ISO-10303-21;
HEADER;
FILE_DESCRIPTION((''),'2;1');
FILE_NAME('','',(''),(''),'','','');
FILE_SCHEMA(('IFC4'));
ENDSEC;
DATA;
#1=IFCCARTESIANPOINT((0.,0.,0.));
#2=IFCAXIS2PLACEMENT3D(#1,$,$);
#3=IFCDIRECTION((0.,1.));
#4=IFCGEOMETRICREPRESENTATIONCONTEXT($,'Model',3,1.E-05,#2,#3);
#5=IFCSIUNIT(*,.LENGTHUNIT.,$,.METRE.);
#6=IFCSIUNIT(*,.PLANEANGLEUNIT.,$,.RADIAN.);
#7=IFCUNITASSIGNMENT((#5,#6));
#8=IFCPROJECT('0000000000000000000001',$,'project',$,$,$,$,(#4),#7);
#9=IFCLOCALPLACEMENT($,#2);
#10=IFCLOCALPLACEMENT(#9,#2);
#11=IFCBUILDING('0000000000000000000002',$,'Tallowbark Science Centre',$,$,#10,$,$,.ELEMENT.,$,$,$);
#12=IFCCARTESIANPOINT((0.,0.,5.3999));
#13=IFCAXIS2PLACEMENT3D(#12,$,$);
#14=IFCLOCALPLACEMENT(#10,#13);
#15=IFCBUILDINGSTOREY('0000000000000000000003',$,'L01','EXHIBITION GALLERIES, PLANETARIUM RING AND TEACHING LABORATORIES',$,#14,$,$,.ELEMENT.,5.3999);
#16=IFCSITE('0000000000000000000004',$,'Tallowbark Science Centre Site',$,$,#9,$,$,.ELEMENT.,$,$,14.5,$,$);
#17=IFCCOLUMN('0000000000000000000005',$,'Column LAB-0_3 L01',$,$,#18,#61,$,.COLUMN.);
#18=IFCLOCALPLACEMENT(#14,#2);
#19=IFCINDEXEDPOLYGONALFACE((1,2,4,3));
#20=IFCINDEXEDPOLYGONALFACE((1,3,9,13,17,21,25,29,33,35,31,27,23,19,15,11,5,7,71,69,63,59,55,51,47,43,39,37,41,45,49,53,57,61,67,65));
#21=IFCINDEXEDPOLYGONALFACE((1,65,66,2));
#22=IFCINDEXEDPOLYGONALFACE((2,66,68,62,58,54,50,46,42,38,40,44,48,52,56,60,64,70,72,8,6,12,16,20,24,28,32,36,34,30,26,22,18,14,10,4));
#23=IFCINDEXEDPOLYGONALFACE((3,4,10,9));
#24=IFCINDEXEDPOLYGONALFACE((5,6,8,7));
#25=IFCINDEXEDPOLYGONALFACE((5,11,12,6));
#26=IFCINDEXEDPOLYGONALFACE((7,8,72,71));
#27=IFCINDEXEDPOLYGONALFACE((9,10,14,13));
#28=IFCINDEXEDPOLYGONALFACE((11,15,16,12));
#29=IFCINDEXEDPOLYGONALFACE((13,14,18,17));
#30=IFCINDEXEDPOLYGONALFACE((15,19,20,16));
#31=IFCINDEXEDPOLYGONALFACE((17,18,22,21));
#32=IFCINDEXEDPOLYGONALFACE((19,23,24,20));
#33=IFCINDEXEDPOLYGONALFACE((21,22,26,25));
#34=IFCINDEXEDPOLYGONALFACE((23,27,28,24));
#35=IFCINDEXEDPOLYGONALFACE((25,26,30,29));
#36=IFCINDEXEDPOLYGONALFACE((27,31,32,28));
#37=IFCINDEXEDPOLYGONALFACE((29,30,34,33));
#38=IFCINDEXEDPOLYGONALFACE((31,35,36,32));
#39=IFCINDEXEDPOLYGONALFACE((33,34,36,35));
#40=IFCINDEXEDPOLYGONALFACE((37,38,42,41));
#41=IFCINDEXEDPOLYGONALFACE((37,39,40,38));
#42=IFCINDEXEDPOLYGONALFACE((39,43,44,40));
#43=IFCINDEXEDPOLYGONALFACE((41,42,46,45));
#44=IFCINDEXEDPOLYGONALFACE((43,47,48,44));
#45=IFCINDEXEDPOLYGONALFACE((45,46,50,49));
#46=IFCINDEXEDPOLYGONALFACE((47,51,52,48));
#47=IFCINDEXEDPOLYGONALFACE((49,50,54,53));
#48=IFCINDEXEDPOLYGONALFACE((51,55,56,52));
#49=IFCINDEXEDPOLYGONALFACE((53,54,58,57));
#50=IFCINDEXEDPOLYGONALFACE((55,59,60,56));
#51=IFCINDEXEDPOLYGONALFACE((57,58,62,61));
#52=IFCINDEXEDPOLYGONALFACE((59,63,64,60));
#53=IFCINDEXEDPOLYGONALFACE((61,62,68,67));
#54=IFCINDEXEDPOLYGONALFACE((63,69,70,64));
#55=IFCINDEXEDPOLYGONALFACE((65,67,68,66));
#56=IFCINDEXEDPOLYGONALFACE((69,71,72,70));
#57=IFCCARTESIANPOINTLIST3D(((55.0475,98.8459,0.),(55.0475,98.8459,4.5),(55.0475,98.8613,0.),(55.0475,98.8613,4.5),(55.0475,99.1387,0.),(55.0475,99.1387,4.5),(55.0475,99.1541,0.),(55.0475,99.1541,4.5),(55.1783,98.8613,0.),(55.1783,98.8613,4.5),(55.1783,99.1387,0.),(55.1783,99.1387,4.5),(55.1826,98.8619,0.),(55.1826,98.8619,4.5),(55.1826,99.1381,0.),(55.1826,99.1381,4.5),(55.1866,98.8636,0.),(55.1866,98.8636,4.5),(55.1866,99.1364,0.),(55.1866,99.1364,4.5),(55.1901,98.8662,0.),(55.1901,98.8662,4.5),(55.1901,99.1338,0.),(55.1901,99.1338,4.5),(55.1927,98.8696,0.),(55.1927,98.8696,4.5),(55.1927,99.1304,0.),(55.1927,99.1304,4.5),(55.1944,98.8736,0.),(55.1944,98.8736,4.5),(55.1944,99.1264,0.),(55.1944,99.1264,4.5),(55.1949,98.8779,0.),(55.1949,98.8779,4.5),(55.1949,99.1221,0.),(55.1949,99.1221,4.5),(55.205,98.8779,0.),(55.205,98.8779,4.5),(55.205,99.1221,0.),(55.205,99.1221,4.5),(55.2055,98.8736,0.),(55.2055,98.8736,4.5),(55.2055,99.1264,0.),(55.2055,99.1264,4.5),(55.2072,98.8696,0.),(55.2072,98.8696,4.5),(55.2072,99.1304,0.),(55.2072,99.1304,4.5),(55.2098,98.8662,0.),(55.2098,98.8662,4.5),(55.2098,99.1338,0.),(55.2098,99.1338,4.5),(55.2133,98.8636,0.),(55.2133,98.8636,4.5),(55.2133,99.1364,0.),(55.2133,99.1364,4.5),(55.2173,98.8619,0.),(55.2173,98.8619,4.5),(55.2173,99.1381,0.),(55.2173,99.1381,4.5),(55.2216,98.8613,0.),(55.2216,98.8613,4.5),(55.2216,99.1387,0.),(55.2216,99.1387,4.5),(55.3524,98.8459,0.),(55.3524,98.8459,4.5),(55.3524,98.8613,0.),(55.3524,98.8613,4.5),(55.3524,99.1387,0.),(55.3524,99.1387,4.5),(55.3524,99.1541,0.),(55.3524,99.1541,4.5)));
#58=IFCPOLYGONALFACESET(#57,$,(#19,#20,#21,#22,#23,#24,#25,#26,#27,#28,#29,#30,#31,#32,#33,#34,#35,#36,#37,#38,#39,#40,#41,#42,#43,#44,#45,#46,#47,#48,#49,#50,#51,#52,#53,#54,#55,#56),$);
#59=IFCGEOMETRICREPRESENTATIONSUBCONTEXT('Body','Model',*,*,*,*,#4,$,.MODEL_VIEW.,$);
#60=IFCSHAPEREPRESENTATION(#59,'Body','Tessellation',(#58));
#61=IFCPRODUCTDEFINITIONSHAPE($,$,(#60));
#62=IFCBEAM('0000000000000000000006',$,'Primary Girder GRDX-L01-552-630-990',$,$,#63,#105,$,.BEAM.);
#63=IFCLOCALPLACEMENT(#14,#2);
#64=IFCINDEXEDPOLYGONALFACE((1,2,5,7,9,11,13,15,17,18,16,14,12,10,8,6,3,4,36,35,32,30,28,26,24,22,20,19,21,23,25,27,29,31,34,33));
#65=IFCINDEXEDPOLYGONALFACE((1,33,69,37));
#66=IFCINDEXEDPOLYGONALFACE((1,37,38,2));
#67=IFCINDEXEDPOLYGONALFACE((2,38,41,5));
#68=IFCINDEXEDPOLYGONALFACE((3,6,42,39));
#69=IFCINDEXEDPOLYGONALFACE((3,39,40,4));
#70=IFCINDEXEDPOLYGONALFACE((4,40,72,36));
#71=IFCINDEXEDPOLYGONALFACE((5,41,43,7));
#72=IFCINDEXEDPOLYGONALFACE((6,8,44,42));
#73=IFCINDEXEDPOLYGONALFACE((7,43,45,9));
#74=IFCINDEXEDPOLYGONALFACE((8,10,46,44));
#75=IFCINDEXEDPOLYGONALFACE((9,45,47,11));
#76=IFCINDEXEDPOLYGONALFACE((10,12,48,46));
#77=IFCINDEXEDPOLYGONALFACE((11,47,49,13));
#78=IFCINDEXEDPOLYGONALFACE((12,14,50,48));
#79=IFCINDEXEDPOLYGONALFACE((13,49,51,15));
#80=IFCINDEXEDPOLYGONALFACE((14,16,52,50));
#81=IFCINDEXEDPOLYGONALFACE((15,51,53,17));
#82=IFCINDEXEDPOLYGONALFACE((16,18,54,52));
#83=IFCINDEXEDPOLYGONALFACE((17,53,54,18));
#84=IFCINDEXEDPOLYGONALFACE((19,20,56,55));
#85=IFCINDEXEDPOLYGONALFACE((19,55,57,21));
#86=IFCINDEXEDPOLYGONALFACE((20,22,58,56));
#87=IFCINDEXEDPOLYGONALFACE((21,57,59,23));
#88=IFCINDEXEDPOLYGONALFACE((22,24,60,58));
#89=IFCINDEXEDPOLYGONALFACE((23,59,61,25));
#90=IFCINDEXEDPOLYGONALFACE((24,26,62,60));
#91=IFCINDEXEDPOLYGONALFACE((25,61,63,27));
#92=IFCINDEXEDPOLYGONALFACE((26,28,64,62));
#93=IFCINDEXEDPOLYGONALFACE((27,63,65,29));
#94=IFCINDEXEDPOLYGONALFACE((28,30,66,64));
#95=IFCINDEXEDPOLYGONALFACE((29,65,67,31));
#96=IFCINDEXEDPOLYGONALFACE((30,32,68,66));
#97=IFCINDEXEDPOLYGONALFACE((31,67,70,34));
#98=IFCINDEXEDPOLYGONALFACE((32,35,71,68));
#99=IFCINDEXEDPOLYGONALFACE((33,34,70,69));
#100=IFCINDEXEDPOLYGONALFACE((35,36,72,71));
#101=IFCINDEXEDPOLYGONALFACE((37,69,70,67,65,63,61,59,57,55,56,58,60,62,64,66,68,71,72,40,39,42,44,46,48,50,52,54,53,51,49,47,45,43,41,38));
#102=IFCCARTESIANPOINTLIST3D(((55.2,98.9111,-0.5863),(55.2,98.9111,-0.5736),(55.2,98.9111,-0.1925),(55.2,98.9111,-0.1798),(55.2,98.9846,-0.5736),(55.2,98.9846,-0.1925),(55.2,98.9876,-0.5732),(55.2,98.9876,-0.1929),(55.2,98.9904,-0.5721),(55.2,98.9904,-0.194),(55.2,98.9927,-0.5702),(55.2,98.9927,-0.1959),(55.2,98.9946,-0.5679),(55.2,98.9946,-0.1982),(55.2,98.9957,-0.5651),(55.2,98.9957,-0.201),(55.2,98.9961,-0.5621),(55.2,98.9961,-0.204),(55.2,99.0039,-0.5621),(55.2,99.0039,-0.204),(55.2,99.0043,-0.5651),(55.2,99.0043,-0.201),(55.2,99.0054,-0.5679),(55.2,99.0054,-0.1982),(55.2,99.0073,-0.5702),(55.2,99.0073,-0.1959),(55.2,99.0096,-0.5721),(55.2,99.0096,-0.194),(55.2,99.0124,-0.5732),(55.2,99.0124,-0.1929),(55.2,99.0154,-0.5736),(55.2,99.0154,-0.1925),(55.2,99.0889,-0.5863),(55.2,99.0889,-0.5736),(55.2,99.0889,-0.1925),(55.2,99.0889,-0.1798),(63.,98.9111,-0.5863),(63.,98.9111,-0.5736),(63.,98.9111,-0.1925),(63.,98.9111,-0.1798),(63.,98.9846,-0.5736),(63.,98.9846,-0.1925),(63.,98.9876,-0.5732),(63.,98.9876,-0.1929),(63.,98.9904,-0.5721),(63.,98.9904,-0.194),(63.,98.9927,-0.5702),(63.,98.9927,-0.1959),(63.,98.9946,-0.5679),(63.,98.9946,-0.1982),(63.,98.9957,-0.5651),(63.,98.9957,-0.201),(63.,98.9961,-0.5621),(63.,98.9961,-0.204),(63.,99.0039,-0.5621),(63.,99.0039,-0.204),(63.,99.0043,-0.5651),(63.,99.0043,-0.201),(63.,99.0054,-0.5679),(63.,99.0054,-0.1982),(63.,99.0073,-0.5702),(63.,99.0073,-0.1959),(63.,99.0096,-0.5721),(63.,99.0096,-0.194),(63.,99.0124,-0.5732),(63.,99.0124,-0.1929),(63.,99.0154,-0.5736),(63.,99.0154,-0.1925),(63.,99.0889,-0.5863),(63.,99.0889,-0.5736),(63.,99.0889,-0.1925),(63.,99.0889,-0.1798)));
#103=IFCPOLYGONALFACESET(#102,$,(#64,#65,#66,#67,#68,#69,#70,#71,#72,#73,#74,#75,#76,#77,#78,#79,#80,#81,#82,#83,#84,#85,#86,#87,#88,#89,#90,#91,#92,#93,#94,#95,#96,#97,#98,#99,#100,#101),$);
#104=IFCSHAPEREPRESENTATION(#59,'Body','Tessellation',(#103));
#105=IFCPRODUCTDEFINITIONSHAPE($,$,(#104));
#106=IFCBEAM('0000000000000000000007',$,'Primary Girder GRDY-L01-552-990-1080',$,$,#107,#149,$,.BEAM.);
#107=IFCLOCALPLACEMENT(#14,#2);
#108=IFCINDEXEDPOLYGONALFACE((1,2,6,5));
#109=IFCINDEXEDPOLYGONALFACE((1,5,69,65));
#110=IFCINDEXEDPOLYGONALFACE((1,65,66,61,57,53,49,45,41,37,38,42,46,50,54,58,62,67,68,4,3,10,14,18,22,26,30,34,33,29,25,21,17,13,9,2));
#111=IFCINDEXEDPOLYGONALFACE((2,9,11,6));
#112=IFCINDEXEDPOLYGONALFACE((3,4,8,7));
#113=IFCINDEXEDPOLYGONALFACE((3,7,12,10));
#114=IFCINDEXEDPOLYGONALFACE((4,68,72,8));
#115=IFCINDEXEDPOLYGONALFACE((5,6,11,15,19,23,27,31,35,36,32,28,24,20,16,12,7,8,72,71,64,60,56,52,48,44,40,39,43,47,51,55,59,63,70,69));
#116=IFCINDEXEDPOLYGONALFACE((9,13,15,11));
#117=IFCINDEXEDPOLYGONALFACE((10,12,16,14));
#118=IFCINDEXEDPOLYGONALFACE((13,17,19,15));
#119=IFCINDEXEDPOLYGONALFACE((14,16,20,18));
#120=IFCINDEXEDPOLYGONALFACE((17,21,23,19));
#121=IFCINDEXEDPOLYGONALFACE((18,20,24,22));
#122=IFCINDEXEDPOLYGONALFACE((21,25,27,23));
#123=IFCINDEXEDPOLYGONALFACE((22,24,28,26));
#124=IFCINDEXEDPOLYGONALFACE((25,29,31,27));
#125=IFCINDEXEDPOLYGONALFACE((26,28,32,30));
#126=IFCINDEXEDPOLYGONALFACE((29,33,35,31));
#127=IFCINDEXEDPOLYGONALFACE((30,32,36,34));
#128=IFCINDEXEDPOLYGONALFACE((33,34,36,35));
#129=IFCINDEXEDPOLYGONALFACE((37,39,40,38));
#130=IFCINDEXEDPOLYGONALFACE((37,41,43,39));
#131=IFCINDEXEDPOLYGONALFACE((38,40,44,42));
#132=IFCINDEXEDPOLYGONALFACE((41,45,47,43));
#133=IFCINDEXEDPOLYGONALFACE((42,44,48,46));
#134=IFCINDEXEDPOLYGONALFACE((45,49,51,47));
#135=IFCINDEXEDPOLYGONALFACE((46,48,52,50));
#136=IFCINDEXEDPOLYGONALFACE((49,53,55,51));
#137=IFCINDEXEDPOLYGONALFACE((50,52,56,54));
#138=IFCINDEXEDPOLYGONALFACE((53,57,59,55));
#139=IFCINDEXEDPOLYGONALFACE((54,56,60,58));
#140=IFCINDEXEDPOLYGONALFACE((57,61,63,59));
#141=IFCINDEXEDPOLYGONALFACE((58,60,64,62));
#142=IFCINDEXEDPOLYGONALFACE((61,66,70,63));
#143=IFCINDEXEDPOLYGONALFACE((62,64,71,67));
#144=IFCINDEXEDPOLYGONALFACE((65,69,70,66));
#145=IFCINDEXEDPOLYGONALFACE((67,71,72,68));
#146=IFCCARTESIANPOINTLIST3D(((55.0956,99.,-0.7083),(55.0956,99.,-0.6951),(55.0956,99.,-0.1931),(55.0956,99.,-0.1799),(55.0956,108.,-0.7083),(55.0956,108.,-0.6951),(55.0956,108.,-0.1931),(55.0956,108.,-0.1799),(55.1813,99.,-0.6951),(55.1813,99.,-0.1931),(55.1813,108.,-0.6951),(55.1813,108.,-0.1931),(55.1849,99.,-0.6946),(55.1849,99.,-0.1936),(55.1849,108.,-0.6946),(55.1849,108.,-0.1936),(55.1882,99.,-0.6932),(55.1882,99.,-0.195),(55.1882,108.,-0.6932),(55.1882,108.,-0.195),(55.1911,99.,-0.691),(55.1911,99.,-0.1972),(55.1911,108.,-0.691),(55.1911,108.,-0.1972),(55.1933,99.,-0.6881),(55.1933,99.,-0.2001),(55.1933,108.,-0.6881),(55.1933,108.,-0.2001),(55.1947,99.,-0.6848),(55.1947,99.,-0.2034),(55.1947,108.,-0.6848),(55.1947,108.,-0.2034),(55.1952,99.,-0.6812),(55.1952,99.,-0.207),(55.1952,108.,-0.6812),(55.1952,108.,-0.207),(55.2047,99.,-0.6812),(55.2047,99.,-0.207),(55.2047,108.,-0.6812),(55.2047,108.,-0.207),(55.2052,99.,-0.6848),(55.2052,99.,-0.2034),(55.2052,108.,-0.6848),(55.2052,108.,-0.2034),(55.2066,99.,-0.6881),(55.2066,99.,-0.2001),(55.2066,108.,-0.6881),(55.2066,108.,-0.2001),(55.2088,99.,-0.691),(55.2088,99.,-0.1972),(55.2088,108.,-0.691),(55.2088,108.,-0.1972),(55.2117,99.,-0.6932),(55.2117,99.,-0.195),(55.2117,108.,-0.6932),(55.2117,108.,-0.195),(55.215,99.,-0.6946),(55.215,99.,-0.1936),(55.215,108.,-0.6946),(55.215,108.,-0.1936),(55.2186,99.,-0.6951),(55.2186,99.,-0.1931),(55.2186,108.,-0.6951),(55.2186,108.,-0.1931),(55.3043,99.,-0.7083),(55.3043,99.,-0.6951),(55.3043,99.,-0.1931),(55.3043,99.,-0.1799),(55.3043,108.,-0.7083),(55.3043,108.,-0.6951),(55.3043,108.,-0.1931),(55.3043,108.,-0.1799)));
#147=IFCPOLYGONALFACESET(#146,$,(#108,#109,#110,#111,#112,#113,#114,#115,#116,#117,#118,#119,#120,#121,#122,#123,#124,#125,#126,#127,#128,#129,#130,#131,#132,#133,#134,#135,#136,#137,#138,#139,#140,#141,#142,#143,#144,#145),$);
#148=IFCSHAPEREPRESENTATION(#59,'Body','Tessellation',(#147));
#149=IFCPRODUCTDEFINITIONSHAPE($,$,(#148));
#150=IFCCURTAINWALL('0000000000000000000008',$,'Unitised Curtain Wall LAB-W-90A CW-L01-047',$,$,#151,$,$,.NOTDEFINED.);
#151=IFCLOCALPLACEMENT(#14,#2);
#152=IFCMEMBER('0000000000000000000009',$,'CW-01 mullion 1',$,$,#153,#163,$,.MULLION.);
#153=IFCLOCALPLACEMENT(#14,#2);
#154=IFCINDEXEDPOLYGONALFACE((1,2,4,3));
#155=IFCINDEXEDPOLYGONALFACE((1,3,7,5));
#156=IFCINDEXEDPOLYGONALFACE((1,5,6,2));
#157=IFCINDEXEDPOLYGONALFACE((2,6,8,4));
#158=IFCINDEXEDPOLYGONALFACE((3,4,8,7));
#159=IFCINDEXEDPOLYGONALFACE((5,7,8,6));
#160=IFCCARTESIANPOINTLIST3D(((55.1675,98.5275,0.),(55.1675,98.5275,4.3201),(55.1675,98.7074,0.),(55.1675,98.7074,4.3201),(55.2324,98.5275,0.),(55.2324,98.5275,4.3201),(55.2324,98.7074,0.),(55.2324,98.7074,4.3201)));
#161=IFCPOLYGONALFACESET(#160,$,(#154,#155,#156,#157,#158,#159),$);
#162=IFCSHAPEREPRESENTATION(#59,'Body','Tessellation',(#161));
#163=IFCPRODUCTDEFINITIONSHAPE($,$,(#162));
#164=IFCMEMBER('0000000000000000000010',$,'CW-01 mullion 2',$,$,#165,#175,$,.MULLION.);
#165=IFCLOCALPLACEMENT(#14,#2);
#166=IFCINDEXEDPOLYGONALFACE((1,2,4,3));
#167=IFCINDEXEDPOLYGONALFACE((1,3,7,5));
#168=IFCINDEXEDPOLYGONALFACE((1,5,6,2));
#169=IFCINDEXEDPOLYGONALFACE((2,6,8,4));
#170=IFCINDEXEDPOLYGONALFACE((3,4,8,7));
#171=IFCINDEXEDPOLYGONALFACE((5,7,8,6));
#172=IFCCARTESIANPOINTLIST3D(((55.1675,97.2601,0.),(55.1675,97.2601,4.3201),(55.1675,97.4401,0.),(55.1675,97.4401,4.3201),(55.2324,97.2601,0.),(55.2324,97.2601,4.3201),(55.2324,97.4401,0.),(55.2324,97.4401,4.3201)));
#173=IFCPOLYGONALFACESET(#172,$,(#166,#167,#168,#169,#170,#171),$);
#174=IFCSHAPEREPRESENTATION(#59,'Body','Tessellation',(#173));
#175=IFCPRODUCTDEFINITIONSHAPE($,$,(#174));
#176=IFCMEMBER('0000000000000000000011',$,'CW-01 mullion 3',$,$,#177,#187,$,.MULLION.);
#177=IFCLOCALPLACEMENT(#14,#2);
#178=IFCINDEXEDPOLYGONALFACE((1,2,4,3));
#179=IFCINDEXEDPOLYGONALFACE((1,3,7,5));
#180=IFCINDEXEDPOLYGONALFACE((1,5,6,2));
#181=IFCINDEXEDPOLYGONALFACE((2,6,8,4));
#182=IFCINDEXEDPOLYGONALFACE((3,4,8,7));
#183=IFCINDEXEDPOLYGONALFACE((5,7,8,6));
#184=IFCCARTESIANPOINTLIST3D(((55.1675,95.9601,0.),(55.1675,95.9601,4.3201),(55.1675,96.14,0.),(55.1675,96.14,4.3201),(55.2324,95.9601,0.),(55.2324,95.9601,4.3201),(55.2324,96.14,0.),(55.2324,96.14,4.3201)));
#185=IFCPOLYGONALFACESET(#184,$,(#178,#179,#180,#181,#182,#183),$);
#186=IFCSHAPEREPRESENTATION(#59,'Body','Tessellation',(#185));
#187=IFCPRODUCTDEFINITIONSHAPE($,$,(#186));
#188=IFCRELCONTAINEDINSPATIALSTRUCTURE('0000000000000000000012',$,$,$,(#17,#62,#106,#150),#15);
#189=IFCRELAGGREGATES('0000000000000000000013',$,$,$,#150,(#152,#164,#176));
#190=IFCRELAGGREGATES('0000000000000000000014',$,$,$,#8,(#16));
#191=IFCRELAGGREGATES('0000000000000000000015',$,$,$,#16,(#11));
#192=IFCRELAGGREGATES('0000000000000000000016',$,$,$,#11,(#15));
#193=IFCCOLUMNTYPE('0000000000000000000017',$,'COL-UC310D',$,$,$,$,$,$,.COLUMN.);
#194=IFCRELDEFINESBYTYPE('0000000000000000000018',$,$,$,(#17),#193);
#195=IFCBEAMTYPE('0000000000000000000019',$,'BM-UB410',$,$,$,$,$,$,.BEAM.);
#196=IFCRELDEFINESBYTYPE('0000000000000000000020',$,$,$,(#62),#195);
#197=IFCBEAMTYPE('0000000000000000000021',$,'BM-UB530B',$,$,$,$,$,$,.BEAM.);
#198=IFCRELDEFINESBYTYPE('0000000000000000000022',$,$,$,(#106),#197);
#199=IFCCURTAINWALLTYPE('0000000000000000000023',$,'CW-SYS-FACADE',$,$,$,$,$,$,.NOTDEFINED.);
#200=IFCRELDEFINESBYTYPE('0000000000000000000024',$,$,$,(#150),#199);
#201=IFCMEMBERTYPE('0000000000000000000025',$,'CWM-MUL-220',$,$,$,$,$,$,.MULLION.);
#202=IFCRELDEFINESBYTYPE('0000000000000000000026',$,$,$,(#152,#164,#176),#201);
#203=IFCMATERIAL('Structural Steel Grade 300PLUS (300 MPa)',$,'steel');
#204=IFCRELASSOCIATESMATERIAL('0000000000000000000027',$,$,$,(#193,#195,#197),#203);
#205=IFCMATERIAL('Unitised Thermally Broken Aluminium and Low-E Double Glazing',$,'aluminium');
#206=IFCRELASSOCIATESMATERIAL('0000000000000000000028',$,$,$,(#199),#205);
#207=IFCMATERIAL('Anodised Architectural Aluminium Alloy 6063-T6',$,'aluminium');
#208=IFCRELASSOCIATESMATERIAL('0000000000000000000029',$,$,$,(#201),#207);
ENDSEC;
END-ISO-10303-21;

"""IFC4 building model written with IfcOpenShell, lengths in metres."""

from ifc_helpers import new_model, si_unit, direction, frame, origin, origin_2d, place, context, subcontext, project, spatial, rectangle, i_section, extrude, material, material_profile, profile_set, type_object, element, aggregate, save


model = new_model("IFC4")

# Units and contexts
model_context = context("Model", 3, precision=1e-05, world=origin(), true_north=direction((0.0, 1.0)))
body_context = subcontext(model_context, "Body", "Model", "MODEL_VIEW")
ifc_project = project(units=[si_unit("LENGTHUNIT", "METRE"), si_unit("PLANEANGLEUNIT", "RADIAN")], contexts=[model_context])

# Site, building, storey
site_placement = place(None, origin())
site = spatial("IfcSite", under=ifc_project, at=site_placement, Name="Tallowbark Science Centre Site", CompositionType="ELEMENT", RefElevation=14.5)
building_placement = place(site_placement, origin())
building = spatial("IfcBuilding", under=site, at=building_placement, Name="Tallowbark Science Centre", CompositionType="ELEMENT")
storey_placement = place(building_placement, frame((0.0, 0.0, 5.3999)))
storey = spatial("IfcBuildingStorey", under=building, at=storey_placement, Name="L01", Description="EXHIBITION GALLERIES, PLANETARIUM RING AND TEACHING LABORATORIES", CompositionType="ELEMENT", Elevation=5.3999)

# Column
ifc_material_1 = material(Name="Structural Steel Grade 300PLUS (300 MPa)", Category="steel")
ifc_material_profile_1 = material_profile(ifc_material_1, i_section(OverallWidth=0.3049, OverallDepth=0.3081, WebThickness=0.01, FlangeThickness=0.0154, FilletRadius=0.0166, at=origin_2d()), Name="310UC96.8")
ifc_profile_set_1 = profile_set([ifc_material_profile_1], Name="Structural Steel Grade 300PLUS (300 MPa)")
column_type = type_object("IfcColumnType", Name="COL-UC310D", PredefinedType="COLUMN", material=ifc_profile_set_1)
column_placement = place(storey_placement, frame((55.2, 99.0, 0.0), z_axis=(0.0, 0.0, 1.0), x_axis=(1.0, 0.0, 0.0)))
element("IfcColumn", 1, at=column_placement, inside=storey, type_object=column_type, Name="Column LAB-0_3 L01", PredefinedType="COLUMN", context=body_context, shape_type="SweptSolid", body=[
    extrude(i_section(OverallWidth=0.3049, OverallDepth=0.3081, WebThickness=0.01, FlangeThickness=0.0154, FilletRadius=0.0166, at=origin_2d()), origin(), (0.0, 0.0, 1.0), 4.5),
])

# Beams
ifc_material_profile_2 = material_profile(ifc_material_1, i_section(OverallWidth=0.1777, OverallDepth=0.4065, WebThickness=0.0078, FlangeThickness=0.0127, FilletRadius=0.0115, at=origin_2d()), Name="410UB59.7")
ifc_profile_set_2 = profile_set([ifc_material_profile_2], Name="Structural Steel Grade 300PLUS (300 MPa)")
beam_type_1 = type_object("IfcBeamType", Name="BM-UB410", PredefinedType="BEAM", material=ifc_profile_set_2)
beam_1_placement = place(storey_placement, frame((55.2, 99.0, -0.3831), z_axis=(1.0, 0.0, 0.0), x_axis=(0.0, 1.0, 0.0)))
element("IfcBeam", 2, at=beam_1_placement, inside=storey, type_object=beam_type_1, Name="Primary Girder GRDX-L01-552-630-990", PredefinedType="BEAM", context=body_context, shape_type="SweptSolid", body=[
    extrude(i_section(OverallWidth=0.1777, OverallDepth=0.4065, WebThickness=0.0078, FlangeThickness=0.0127, FilletRadius=0.0115, at=origin_2d()), origin(), (0.0, 0.0, 1.0), 7.8),
])
ifc_material_profile_3 = material_profile(ifc_material_1, i_section(OverallWidth=0.2087, OverallDepth=0.5283, WebThickness=0.0095, FlangeThickness=0.0132, FilletRadius=0.0139, at=origin_2d()), Name="530UB82.0")
ifc_profile_set_3 = profile_set([ifc_material_profile_3], Name="Structural Steel Grade 300PLUS (300 MPa)")
beam_type_2 = type_object("IfcBeamType", Name="BM-UB530B", PredefinedType="BEAM", material=ifc_profile_set_3)
beam_2_placement = place(storey_placement, frame((55.2, 99.0, -0.4441), z_axis=(0.0, 1.0, 0.0), x_axis=(-1.0, 0.0, 0.0)))
element("IfcBeam", 3, at=beam_2_placement, inside=storey, type_object=beam_type_2, Name="Primary Girder GRDY-L01-552-990-1080", PredefinedType="BEAM", context=body_context, shape_type="SweptSolid", body=[
    extrude(i_section(OverallWidth=0.2087, OverallDepth=0.5283, WebThickness=0.0095, FlangeThickness=0.0132, FilletRadius=0.0139, at=origin_2d()), origin(), (0.0, 0.0, 1.0), 9.0),
])

# Curtain wall, members
ifc_material_2 = material(Name="Unitised Thermally Broken Aluminium and Low-E Double Glazing", Category="aluminium")
curtain_wall_type = type_object("IfcCurtainWallType", Name="CW-SYS-FACADE", PredefinedType="NOTDEFINED", material=ifc_material_2)
curtain_wall_1_placement = place(storey_placement, origin())
curtain_wall_1 = element("IfcCurtainWall", 4, at=curtain_wall_1_placement, inside=storey, type_object=curtain_wall_type, Name="Unitised Curtain Wall LAB-W-90A CW-L01-047", PredefinedType="NOTDEFINED")
ifc_material_3 = material(Name="Anodised Architectural Aluminium Alloy 6063-T6", Category="aluminium")
ifc_material_profile_4 = material_profile(ifc_material_3, rectangle(XDim=0.0649, YDim=0.1799, at=origin_2d()), Name="ALU65x180")
ifc_profile_set_4 = profile_set([ifc_material_profile_4], Name="Anodised Architectural Aluminium Alloy 6063-T6")
member_type_1 = type_object("IfcMemberType", Name="CWM-MUL-220", PredefinedType="MULLION", material=ifc_profile_set_4)
member_1_placement = place(storey_placement, frame((55.2, 98.6174, 0.0), z_axis=(0.0, 0.0, 1.0), x_axis=(1.0, 0.0, 0.0)))
member_1 = element("IfcMember", 5, at=member_1_placement, type_object=member_type_1, Name="CW-01 mullion 1", PredefinedType="MULLION", context=body_context, shape_type="SweptSolid", body=[
    extrude(rectangle(XDim=0.0649, YDim=0.1799, at=origin_2d()), origin(), (0.0, 0.0, 1.0), 4.3201),
])
member_2_placement = place(storey_placement, frame((55.2, 97.3501, 0.0), z_axis=(0.0, 0.0, 1.0), x_axis=(1.0, 0.0, 0.0)))
member_2 = element("IfcMember", 6, at=member_2_placement, type_object=member_type_1, Name="CW-01 mullion 2", PredefinedType="MULLION", context=body_context, shape_type="SweptSolid", body=[
    extrude(rectangle(XDim=0.0649, YDim=0.1799, at=origin_2d()), origin(), (0.0, 0.0, 1.0), 4.3201),
])
member_3_placement = place(storey_placement, frame((55.2, 96.05, 0.0), z_axis=(0.0, 0.0, 1.0), x_axis=(1.0, 0.0, 0.0)))
member_3 = element("IfcMember", 7, at=member_3_placement, type_object=member_type_1, Name="CW-01 mullion 3", PredefinedType="MULLION", context=body_context, shape_type="SweptSolid", body=[
    extrude(rectangle(XDim=0.0649, YDim=0.1799, at=origin_2d()), origin(), (0.0, 0.0, 1.0), 4.3201),
])

aggregate(curtain_wall_1, [member_1, member_2, member_3])

save(model, "model.ifc")
